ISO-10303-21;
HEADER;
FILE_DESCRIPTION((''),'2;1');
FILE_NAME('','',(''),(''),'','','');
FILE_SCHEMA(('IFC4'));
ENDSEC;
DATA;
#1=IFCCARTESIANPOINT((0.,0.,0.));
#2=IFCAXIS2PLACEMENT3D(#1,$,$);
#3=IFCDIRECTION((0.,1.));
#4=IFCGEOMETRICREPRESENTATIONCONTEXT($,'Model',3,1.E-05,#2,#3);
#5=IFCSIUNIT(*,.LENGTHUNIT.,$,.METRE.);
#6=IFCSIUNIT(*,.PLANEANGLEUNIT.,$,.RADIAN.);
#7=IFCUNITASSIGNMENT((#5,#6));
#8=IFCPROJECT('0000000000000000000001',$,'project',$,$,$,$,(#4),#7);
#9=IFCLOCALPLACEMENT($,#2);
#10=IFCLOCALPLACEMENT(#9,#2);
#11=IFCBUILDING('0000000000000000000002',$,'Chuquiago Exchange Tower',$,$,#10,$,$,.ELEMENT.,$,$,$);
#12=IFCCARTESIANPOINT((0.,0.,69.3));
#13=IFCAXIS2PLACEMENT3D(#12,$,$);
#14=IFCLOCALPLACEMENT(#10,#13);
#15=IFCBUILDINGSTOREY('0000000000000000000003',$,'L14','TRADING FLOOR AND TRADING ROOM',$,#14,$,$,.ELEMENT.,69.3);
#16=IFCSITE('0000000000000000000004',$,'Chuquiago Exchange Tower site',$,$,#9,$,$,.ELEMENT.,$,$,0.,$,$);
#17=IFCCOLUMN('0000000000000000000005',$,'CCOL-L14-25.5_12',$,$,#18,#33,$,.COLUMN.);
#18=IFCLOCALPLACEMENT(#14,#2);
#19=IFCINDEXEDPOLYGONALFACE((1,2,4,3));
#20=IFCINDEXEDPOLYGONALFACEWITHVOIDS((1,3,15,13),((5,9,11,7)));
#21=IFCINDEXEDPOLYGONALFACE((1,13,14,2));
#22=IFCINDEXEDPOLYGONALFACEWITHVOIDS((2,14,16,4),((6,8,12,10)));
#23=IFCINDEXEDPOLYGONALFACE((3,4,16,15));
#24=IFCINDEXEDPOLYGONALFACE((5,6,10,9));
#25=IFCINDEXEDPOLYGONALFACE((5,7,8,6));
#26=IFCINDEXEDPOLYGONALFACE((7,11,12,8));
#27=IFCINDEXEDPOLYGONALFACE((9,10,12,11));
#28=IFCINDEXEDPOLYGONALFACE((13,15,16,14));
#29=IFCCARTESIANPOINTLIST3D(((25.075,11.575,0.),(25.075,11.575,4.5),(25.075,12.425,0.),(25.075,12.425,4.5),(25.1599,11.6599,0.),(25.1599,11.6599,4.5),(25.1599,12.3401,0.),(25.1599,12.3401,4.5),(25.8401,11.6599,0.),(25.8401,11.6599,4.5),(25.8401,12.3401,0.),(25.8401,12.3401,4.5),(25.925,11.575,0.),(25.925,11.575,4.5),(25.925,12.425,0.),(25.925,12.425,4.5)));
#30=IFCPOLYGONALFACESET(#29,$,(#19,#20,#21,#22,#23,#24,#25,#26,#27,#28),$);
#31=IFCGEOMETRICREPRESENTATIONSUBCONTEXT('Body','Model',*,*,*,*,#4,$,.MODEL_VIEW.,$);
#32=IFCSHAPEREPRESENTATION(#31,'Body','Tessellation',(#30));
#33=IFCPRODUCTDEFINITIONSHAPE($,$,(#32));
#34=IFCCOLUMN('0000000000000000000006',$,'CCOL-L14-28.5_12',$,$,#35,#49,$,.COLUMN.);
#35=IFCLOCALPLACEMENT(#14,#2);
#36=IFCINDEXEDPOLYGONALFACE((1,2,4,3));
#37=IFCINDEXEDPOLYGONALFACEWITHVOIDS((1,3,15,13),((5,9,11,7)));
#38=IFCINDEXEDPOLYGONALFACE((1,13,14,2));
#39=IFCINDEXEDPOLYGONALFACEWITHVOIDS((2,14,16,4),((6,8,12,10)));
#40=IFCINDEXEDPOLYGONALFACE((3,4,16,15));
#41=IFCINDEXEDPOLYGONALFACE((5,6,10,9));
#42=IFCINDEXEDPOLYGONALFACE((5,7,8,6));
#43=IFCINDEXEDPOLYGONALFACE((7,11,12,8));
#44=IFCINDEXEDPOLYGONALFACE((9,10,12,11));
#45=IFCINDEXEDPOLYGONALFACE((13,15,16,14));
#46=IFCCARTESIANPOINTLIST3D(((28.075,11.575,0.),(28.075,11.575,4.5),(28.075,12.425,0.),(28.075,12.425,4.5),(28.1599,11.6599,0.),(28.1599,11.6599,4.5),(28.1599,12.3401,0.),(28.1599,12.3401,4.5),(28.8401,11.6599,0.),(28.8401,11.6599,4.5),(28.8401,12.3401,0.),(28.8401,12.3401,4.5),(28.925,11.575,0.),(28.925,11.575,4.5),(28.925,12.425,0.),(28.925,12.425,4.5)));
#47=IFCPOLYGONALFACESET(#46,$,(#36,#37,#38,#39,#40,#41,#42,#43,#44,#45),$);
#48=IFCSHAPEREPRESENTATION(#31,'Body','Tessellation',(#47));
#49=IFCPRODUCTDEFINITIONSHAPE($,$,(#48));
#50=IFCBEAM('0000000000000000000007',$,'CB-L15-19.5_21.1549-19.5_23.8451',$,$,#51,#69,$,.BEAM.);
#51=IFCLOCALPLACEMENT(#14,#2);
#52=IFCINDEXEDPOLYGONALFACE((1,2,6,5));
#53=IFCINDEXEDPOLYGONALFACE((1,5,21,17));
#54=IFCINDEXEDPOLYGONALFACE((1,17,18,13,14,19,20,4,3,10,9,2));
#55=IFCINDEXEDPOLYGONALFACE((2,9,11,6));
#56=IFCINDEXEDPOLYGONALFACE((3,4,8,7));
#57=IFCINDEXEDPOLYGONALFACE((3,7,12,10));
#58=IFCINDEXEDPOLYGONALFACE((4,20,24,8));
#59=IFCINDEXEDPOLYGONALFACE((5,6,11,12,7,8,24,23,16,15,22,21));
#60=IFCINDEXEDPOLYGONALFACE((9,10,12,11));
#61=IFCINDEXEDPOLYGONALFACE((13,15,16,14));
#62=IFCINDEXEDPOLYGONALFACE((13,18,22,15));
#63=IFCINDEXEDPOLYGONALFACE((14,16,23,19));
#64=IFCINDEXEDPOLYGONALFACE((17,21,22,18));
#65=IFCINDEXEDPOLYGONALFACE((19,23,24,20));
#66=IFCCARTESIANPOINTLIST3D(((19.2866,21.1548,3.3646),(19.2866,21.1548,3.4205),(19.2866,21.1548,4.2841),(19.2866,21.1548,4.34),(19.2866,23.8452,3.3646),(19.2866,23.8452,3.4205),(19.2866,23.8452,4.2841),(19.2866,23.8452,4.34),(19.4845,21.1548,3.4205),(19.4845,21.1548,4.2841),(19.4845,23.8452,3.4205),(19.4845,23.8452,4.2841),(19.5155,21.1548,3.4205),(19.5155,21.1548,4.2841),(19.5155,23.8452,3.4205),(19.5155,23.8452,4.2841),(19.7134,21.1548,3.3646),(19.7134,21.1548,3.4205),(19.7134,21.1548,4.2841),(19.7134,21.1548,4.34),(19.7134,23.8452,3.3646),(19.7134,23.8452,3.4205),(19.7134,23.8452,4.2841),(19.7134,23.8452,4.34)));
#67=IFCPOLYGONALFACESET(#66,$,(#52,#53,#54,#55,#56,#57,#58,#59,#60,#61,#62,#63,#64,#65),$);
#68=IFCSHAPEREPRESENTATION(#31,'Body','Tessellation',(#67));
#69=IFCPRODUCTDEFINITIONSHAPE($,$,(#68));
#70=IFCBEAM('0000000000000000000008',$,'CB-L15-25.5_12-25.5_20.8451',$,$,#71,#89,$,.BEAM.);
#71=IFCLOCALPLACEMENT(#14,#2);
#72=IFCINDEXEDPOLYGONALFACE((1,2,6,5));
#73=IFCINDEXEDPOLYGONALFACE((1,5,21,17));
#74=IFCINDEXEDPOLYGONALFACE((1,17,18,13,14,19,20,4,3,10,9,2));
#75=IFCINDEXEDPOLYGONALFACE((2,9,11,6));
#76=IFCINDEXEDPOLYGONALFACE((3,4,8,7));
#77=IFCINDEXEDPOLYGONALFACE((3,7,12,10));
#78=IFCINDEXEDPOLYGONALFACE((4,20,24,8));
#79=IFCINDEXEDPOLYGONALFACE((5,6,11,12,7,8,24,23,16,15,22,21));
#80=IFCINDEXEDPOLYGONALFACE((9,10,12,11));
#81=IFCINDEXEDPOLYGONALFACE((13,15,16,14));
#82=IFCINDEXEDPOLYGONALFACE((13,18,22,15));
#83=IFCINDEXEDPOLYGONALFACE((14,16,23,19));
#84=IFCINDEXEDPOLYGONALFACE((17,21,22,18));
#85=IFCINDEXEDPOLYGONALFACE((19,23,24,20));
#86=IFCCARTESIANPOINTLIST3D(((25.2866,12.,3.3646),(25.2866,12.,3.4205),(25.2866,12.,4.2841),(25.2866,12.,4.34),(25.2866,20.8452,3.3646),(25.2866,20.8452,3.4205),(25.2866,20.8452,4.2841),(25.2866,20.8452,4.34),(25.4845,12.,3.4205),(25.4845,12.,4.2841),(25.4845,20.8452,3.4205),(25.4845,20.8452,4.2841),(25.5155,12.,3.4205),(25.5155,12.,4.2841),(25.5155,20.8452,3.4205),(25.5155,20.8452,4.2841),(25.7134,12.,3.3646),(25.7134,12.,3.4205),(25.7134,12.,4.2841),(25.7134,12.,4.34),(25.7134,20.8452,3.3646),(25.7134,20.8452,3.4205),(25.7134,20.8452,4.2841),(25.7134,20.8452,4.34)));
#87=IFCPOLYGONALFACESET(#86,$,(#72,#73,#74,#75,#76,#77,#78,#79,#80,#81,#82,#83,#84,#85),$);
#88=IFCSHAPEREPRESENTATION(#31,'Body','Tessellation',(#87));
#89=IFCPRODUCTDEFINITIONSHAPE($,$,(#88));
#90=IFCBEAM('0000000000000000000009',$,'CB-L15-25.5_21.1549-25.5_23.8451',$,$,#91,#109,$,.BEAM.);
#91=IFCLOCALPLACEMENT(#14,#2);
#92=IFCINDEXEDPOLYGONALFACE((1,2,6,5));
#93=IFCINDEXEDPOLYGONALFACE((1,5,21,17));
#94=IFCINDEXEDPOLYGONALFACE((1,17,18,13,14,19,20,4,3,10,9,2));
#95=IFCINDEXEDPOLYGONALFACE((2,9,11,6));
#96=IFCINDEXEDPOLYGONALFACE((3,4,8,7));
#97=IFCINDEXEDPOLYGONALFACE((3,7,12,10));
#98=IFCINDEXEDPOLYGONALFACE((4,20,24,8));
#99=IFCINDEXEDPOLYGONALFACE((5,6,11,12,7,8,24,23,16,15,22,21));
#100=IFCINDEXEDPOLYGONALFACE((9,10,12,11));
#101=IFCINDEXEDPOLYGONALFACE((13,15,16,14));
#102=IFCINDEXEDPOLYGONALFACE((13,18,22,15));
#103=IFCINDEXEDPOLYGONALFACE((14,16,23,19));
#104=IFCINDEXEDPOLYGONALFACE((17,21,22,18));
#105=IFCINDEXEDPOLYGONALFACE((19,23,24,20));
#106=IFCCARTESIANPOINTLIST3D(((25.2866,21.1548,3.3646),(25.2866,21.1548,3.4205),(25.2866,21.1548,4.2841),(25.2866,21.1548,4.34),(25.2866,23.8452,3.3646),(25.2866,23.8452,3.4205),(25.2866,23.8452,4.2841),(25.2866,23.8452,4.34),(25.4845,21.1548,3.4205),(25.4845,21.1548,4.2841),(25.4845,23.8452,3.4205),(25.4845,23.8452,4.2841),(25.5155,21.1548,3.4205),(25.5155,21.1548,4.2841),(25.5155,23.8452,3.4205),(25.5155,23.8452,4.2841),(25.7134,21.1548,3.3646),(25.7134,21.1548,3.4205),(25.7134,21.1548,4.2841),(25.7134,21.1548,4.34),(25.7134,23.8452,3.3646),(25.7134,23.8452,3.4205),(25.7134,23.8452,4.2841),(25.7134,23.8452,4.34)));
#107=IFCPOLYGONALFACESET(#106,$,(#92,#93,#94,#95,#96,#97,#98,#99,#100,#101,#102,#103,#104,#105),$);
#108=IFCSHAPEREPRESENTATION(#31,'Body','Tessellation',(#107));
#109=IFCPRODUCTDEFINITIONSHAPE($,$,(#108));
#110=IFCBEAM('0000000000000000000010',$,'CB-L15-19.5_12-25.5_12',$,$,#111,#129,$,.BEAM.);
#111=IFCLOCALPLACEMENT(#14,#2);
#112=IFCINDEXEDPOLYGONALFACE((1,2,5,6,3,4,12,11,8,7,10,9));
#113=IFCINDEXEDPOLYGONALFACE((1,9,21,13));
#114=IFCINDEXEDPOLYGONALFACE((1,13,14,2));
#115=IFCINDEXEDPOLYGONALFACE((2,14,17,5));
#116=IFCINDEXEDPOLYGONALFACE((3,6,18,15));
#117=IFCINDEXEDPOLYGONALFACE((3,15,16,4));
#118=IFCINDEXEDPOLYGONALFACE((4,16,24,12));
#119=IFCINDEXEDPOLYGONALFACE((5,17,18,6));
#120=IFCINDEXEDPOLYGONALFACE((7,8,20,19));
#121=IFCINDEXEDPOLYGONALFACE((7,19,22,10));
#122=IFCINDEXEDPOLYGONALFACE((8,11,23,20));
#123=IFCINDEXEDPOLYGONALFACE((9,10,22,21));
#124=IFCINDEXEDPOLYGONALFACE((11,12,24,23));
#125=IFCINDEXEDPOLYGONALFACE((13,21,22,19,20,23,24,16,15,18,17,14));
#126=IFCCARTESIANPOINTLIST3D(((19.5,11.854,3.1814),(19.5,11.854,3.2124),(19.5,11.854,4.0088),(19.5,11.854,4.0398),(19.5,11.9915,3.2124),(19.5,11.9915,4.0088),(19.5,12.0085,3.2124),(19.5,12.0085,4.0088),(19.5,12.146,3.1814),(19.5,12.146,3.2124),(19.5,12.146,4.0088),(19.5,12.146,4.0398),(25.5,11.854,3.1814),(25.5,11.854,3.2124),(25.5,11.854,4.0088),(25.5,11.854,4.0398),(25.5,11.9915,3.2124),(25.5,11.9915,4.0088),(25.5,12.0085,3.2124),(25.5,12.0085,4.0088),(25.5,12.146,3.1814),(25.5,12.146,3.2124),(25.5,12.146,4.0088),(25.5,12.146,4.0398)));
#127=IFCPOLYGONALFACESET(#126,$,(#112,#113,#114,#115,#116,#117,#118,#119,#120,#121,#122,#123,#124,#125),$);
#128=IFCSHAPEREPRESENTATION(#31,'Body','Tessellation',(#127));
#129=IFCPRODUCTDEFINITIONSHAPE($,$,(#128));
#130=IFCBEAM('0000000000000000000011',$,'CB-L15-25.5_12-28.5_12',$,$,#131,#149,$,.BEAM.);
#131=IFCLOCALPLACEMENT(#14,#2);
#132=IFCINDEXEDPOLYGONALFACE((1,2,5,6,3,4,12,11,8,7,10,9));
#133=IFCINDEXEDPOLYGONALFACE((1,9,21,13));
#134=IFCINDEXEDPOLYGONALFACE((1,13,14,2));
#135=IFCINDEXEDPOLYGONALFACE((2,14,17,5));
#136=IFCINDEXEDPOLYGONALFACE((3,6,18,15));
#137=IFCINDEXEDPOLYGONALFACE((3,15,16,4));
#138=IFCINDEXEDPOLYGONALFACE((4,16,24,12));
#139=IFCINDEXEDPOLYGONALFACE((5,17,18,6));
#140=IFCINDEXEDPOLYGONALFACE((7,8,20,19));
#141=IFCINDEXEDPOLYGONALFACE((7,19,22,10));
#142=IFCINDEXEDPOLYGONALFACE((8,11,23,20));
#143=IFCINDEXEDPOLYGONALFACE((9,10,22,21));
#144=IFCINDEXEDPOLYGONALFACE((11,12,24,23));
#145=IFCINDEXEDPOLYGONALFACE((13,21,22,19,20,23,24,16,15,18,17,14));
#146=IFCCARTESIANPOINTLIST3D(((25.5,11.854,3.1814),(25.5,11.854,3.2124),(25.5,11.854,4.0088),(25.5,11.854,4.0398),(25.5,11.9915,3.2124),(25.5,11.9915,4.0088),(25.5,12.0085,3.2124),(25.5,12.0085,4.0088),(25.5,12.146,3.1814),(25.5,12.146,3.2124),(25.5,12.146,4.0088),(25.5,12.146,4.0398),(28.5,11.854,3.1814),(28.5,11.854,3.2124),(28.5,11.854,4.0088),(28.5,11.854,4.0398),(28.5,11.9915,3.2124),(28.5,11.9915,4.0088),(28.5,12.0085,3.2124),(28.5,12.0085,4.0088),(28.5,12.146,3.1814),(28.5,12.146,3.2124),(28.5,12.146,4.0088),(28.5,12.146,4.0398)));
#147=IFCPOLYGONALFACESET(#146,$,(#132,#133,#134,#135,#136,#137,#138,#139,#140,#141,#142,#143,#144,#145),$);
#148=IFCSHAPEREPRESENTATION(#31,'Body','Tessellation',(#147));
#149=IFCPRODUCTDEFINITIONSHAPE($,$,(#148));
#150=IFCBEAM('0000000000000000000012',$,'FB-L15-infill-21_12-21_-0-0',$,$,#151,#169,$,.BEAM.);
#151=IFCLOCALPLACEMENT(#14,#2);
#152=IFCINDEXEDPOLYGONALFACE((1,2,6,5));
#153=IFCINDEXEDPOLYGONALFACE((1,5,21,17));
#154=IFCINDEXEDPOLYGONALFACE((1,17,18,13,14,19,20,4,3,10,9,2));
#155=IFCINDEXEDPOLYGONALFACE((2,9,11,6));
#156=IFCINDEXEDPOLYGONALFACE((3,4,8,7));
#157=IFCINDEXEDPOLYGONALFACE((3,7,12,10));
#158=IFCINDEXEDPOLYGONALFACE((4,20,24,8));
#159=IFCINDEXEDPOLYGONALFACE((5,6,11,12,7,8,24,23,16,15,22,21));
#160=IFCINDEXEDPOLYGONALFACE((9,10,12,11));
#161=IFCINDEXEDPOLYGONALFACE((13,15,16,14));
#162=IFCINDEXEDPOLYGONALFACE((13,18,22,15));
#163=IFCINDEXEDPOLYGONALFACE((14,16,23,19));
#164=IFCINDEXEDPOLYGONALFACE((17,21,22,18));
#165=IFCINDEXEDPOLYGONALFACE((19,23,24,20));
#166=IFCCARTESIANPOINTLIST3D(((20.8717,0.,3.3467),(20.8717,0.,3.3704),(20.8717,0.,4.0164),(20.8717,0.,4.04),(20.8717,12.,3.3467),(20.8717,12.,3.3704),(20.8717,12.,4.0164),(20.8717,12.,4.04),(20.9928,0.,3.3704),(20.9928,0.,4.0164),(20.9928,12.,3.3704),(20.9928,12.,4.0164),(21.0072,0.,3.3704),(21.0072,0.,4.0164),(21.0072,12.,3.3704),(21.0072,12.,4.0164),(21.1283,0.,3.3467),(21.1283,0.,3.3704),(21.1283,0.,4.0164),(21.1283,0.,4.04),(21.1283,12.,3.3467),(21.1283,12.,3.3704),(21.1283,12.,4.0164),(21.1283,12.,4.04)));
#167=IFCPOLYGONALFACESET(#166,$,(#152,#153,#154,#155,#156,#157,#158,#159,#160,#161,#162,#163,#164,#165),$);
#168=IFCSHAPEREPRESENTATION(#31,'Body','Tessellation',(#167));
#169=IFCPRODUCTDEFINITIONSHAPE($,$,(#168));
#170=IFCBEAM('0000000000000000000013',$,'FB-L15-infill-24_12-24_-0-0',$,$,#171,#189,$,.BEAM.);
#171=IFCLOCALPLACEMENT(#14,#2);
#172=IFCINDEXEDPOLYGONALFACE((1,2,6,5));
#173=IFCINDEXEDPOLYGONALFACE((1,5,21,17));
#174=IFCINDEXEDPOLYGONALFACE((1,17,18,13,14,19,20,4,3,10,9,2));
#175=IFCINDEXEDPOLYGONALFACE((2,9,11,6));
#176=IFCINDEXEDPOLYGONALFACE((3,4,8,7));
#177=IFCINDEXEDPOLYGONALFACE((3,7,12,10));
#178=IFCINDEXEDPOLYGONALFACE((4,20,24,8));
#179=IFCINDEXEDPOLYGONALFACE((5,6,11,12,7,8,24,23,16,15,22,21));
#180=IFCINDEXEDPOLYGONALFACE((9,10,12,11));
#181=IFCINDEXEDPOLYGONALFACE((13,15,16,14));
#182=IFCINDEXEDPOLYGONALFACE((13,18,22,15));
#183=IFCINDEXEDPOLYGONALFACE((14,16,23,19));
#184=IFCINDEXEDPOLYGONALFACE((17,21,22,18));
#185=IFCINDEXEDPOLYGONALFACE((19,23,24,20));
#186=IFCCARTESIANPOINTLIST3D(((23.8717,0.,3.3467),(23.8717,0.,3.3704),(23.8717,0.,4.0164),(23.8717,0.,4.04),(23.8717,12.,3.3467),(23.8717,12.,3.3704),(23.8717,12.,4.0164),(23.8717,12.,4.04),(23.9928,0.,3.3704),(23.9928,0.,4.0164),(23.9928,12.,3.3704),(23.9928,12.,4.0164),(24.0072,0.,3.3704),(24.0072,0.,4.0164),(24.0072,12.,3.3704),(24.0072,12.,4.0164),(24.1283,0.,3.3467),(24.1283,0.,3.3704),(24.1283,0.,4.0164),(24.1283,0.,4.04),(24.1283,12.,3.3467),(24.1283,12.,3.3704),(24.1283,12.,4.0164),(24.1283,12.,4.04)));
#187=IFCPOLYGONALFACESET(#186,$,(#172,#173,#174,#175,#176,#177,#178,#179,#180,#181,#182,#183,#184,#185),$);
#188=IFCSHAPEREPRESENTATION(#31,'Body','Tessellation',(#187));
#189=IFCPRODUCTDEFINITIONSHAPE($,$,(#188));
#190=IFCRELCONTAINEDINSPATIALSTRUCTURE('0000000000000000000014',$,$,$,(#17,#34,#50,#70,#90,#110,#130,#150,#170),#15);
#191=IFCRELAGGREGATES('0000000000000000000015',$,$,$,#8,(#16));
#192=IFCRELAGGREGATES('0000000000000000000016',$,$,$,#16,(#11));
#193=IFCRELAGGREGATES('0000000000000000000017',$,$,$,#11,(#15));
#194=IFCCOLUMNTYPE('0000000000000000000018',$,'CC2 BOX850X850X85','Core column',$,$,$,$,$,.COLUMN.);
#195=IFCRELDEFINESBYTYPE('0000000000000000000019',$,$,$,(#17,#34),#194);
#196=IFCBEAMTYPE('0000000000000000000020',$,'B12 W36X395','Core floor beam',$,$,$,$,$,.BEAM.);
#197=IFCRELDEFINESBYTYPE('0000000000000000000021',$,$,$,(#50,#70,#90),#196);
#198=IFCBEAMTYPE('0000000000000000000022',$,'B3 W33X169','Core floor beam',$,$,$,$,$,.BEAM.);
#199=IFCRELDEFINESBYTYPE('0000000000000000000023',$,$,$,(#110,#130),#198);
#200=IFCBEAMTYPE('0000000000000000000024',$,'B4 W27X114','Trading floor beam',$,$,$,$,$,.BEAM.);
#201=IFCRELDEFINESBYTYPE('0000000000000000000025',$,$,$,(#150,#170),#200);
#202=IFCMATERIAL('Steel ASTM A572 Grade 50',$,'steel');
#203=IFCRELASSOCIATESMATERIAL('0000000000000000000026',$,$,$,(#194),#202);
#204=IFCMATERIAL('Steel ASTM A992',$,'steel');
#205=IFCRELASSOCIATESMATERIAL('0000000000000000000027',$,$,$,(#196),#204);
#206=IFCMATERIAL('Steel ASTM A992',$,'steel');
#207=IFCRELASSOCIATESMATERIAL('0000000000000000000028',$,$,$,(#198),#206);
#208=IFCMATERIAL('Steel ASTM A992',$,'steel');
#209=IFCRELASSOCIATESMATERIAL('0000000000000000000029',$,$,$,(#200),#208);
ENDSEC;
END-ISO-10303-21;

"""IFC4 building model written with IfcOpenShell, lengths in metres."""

from ifc_helpers import new_model, si_unit, direction, frame, origin, origin_2d, place, context, subcontext, project, spatial, hollow_rectangle, i_section, extrude, material, material_profile, profile_set, type_object, element, save


model = new_model("IFC4")

# Units and contexts
model_context = context("Model", 3, precision=1e-05, world=origin(), true_north=direction((0.0, 1.0)))
body_context = subcontext(model_context, "Body", "Model", "MODEL_VIEW")
ifc_project = project(units=[si_unit("LENGTHUNIT", "METRE"), si_unit("PLANEANGLEUNIT", "RADIAN")], contexts=[model_context])

# Site, building, storey
site_placement = place(None, origin())
site = spatial("IfcSite", under=ifc_project, at=site_placement, Name="Chuquiago Exchange Tower site", CompositionType="ELEMENT", RefElevation=0.0)
building_placement = place(site_placement, origin())
building = spatial("IfcBuilding", under=site, at=building_placement, Name="Chuquiago Exchange Tower", CompositionType="ELEMENT")
storey_placement = place(building_placement, frame((0.0, 0.0, 69.3)))
storey = spatial("IfcBuildingStorey", under=building, at=storey_placement, Name="L14", Description="TRADING FLOOR AND TRADING ROOM", CompositionType="ELEMENT", Elevation=69.3)

# Columns
ifc_material_1 = material(Name="Steel ASTM A572 Grade 50", Category="steel")
ifc_material_profile_1 = material_profile(ifc_material_1, hollow_rectangle(XDim=0.8501, YDim=0.8501, WallThickness=0.085, at=origin_2d()), Name="BOX850X850X85")
ifc_profile_set_1 = profile_set([ifc_material_profile_1], Name="Steel ASTM A572 Grade 50")
column_type = type_object("IfcColumnType", Name="CC2 BOX850X850X85", Description="Core column", PredefinedType="COLUMN", material=ifc_profile_set_1)
for number, where, z_axis, x_axis, name in (
    (1, (25.5, 12.0, 0.0), (0.0, 0.0, 1.0), (1.0, 0.0, 0.0), "CCOL-L14-25.5_12"),
    (2, (28.5, 12.0, 0.0), (0.0, 0.0, 1.0), (1.0, 0.0, 0.0), "CCOL-L14-28.5_12"),
):
    element("IfcColumn", number, at=place(storey_placement, frame(where, z_axis=z_axis, x_axis=x_axis)), inside=storey, type_object=column_type, Name=name, PredefinedType="COLUMN", context=body_context, shape_type="SweptSolid", body=[
        extrude(hollow_rectangle(XDim=0.8501, YDim=0.8501, WallThickness=0.085, at=origin_2d()), origin(), (0.0, 0.0, 1.0), 4.5),
    ])

# Beams
ifc_material_2 = material(Name="Steel ASTM A992", Category="steel")
ifc_material_profile_2 = material_profile(ifc_material_2, i_section(OverallWidth=0.4268, OverallDepth=0.9753, WebThickness=0.031, FlangeThickness=0.0559, at=origin_2d()), Name="W36X395")
ifc_profile_set_2 = profile_set([ifc_material_profile_2], Name="Steel ASTM A992")
beam_type_1 = type_object("IfcBeamType", Name="B12 W36X395", Description="Core floor beam", PredefinedType="BEAM", material=ifc_profile_set_2)
beam_1_placement = place(storey_placement, frame((19.5, 21.1548, 3.8523), z_axis=(0.0, 1.0, 0.0), x_axis=(-1.0, 0.0, 0.0)))
element("IfcBeam", 3, at=beam_1_placement, inside=storey, type_object=beam_type_1, Name="CB-L15-19.5_21.1549-19.5_23.8451", PredefinedType="BEAM", context=body_context, shape_type="SweptSolid", body=[
    extrude(i_section(OverallWidth=0.4268, OverallDepth=0.9753, WebThickness=0.031, FlangeThickness=0.0559, at=origin_2d()), origin(), (0.0, 0.0, 1.0), 2.6904),
])
beam_2_placement = place(storey_placement, frame((25.5, 12.0, 3.8523), z_axis=(0.0, 1.0, 0.0), x_axis=(-1.0, 0.0, 0.0)))
element("IfcBeam", 4, at=beam_2_placement, inside=storey, type_object=beam_type_1, Name="CB-L15-25.5_12-25.5_20.8451", PredefinedType="BEAM", context=body_context, shape_type="SweptSolid", body=[
    extrude(i_section(OverallWidth=0.4268, OverallDepth=0.9753, WebThickness=0.031, FlangeThickness=0.0559, at=origin_2d()), origin(), (0.0, 0.0, 1.0), 8.8452),
])
beam_3_placement = place(storey_placement, frame((25.5, 21.1548, 3.8523), z_axis=(0.0, 1.0, 0.0), x_axis=(-1.0, 0.0, 0.0)))
element("IfcBeam", 5, at=beam_3_placement, inside=storey, type_object=beam_type_1, Name="CB-L15-25.5_21.1549-25.5_23.8451", PredefinedType="BEAM", context=body_context, shape_type="SweptSolid", body=[
    extrude(i_section(OverallWidth=0.4268, OverallDepth=0.9753, WebThickness=0.031, FlangeThickness=0.0559, at=origin_2d()), origin(), (0.0, 0.0, 1.0), 2.6904),
])
ifc_material_3 = material(Name="Steel ASTM A992", Category="steel")
ifc_material_profile_3 = material_profile(ifc_material_3, i_section(OverallWidth=0.292, OverallDepth=0.8584, WebThickness=0.0171, FlangeThickness=0.031, at=origin_2d()), Name="W33X169")
ifc_profile_set_3 = profile_set([ifc_material_profile_3], Name="Steel ASTM A992")
beam_type_2 = type_object("IfcBeamType", Name="B3 W33X169", Description="Core floor beam", PredefinedType="BEAM", material=ifc_profile_set_3)
beam_4_placement = place(storey_placement, frame((19.5, 12.0, 3.6106), z_axis=(1.0, 0.0, 0.0), x_axis=(0.0, 1.0, 0.0)))
element("IfcBeam", 6, at=beam_4_placement, inside=storey, type_object=beam_type_2, Name="CB-L15-19.5_12-25.5_12", PredefinedType="BEAM", context=body_context, shape_type="SweptSolid", body=[
    extrude(i_section(OverallWidth=0.292, OverallDepth=0.8584, WebThickness=0.0171, FlangeThickness=0.031, at=origin_2d()), origin(), (0.0, 0.0, 1.0), 6.0),
])
beam_5_placement = place(storey_placement, frame((25.5, 12.0, 3.6106), z_axis=(1.0, 0.0, 0.0), x_axis=(0.0, 1.0, 0.0)))
element("IfcBeam", 7, at=beam_5_placement, inside=storey, type_object=beam_type_2, Name="CB-L15-25.5_12-28.5_12", PredefinedType="BEAM", context=body_context, shape_type="SweptSolid", body=[
    extrude(i_section(OverallWidth=0.292, OverallDepth=0.8584, WebThickness=0.0171, FlangeThickness=0.031, at=origin_2d()), origin(), (0.0, 0.0, 1.0), 3.0),
])
ifc_material_4 = material(Name="Steel ASTM A992", Category="steel")
ifc_material_profile_4 = material_profile(ifc_material_4, i_section(OverallWidth=0.2566, OverallDepth=0.6934, WebThickness=0.0144, FlangeThickness=0.0237, at=origin_2d()), Name="W27X114")
ifc_profile_set_4 = profile_set([ifc_material_profile_4], Name="Steel ASTM A992")
beam_type_3 = type_object("IfcBeamType", Name="B4 W27X114", Description="Trading floor beam", PredefinedType="BEAM", material=ifc_profile_set_4)
for number, where, z_axis, x_axis, name in (
    (8, (21.0, 12.0, 3.6934), (0.0, -1.0, 0.0), (1.0, 0.0, 0.0), "FB-L15-infill-21_12-21_-0-0"),
    (9, (24.0, 12.0, 3.6934), (0.0, -1.0, 0.0), (1.0, 0.0, 0.0), "FB-L15-infill-24_12-24_-0-0"),
):
    element("IfcBeam", number, at=place(storey_placement, frame(where, z_axis=z_axis, x_axis=x_axis)), inside=storey, type_object=beam_type_3, Name=name, PredefinedType="BEAM", context=body_context, shape_type="SweptSolid", body=[
        extrude(i_section(OverallWidth=0.2566, OverallDepth=0.6934, WebThickness=0.0144, FlangeThickness=0.0237, at=origin_2d()), origin(), (0.0, 0.0, 1.0), 12.0),
    ])

save(model, "model.ifc")
